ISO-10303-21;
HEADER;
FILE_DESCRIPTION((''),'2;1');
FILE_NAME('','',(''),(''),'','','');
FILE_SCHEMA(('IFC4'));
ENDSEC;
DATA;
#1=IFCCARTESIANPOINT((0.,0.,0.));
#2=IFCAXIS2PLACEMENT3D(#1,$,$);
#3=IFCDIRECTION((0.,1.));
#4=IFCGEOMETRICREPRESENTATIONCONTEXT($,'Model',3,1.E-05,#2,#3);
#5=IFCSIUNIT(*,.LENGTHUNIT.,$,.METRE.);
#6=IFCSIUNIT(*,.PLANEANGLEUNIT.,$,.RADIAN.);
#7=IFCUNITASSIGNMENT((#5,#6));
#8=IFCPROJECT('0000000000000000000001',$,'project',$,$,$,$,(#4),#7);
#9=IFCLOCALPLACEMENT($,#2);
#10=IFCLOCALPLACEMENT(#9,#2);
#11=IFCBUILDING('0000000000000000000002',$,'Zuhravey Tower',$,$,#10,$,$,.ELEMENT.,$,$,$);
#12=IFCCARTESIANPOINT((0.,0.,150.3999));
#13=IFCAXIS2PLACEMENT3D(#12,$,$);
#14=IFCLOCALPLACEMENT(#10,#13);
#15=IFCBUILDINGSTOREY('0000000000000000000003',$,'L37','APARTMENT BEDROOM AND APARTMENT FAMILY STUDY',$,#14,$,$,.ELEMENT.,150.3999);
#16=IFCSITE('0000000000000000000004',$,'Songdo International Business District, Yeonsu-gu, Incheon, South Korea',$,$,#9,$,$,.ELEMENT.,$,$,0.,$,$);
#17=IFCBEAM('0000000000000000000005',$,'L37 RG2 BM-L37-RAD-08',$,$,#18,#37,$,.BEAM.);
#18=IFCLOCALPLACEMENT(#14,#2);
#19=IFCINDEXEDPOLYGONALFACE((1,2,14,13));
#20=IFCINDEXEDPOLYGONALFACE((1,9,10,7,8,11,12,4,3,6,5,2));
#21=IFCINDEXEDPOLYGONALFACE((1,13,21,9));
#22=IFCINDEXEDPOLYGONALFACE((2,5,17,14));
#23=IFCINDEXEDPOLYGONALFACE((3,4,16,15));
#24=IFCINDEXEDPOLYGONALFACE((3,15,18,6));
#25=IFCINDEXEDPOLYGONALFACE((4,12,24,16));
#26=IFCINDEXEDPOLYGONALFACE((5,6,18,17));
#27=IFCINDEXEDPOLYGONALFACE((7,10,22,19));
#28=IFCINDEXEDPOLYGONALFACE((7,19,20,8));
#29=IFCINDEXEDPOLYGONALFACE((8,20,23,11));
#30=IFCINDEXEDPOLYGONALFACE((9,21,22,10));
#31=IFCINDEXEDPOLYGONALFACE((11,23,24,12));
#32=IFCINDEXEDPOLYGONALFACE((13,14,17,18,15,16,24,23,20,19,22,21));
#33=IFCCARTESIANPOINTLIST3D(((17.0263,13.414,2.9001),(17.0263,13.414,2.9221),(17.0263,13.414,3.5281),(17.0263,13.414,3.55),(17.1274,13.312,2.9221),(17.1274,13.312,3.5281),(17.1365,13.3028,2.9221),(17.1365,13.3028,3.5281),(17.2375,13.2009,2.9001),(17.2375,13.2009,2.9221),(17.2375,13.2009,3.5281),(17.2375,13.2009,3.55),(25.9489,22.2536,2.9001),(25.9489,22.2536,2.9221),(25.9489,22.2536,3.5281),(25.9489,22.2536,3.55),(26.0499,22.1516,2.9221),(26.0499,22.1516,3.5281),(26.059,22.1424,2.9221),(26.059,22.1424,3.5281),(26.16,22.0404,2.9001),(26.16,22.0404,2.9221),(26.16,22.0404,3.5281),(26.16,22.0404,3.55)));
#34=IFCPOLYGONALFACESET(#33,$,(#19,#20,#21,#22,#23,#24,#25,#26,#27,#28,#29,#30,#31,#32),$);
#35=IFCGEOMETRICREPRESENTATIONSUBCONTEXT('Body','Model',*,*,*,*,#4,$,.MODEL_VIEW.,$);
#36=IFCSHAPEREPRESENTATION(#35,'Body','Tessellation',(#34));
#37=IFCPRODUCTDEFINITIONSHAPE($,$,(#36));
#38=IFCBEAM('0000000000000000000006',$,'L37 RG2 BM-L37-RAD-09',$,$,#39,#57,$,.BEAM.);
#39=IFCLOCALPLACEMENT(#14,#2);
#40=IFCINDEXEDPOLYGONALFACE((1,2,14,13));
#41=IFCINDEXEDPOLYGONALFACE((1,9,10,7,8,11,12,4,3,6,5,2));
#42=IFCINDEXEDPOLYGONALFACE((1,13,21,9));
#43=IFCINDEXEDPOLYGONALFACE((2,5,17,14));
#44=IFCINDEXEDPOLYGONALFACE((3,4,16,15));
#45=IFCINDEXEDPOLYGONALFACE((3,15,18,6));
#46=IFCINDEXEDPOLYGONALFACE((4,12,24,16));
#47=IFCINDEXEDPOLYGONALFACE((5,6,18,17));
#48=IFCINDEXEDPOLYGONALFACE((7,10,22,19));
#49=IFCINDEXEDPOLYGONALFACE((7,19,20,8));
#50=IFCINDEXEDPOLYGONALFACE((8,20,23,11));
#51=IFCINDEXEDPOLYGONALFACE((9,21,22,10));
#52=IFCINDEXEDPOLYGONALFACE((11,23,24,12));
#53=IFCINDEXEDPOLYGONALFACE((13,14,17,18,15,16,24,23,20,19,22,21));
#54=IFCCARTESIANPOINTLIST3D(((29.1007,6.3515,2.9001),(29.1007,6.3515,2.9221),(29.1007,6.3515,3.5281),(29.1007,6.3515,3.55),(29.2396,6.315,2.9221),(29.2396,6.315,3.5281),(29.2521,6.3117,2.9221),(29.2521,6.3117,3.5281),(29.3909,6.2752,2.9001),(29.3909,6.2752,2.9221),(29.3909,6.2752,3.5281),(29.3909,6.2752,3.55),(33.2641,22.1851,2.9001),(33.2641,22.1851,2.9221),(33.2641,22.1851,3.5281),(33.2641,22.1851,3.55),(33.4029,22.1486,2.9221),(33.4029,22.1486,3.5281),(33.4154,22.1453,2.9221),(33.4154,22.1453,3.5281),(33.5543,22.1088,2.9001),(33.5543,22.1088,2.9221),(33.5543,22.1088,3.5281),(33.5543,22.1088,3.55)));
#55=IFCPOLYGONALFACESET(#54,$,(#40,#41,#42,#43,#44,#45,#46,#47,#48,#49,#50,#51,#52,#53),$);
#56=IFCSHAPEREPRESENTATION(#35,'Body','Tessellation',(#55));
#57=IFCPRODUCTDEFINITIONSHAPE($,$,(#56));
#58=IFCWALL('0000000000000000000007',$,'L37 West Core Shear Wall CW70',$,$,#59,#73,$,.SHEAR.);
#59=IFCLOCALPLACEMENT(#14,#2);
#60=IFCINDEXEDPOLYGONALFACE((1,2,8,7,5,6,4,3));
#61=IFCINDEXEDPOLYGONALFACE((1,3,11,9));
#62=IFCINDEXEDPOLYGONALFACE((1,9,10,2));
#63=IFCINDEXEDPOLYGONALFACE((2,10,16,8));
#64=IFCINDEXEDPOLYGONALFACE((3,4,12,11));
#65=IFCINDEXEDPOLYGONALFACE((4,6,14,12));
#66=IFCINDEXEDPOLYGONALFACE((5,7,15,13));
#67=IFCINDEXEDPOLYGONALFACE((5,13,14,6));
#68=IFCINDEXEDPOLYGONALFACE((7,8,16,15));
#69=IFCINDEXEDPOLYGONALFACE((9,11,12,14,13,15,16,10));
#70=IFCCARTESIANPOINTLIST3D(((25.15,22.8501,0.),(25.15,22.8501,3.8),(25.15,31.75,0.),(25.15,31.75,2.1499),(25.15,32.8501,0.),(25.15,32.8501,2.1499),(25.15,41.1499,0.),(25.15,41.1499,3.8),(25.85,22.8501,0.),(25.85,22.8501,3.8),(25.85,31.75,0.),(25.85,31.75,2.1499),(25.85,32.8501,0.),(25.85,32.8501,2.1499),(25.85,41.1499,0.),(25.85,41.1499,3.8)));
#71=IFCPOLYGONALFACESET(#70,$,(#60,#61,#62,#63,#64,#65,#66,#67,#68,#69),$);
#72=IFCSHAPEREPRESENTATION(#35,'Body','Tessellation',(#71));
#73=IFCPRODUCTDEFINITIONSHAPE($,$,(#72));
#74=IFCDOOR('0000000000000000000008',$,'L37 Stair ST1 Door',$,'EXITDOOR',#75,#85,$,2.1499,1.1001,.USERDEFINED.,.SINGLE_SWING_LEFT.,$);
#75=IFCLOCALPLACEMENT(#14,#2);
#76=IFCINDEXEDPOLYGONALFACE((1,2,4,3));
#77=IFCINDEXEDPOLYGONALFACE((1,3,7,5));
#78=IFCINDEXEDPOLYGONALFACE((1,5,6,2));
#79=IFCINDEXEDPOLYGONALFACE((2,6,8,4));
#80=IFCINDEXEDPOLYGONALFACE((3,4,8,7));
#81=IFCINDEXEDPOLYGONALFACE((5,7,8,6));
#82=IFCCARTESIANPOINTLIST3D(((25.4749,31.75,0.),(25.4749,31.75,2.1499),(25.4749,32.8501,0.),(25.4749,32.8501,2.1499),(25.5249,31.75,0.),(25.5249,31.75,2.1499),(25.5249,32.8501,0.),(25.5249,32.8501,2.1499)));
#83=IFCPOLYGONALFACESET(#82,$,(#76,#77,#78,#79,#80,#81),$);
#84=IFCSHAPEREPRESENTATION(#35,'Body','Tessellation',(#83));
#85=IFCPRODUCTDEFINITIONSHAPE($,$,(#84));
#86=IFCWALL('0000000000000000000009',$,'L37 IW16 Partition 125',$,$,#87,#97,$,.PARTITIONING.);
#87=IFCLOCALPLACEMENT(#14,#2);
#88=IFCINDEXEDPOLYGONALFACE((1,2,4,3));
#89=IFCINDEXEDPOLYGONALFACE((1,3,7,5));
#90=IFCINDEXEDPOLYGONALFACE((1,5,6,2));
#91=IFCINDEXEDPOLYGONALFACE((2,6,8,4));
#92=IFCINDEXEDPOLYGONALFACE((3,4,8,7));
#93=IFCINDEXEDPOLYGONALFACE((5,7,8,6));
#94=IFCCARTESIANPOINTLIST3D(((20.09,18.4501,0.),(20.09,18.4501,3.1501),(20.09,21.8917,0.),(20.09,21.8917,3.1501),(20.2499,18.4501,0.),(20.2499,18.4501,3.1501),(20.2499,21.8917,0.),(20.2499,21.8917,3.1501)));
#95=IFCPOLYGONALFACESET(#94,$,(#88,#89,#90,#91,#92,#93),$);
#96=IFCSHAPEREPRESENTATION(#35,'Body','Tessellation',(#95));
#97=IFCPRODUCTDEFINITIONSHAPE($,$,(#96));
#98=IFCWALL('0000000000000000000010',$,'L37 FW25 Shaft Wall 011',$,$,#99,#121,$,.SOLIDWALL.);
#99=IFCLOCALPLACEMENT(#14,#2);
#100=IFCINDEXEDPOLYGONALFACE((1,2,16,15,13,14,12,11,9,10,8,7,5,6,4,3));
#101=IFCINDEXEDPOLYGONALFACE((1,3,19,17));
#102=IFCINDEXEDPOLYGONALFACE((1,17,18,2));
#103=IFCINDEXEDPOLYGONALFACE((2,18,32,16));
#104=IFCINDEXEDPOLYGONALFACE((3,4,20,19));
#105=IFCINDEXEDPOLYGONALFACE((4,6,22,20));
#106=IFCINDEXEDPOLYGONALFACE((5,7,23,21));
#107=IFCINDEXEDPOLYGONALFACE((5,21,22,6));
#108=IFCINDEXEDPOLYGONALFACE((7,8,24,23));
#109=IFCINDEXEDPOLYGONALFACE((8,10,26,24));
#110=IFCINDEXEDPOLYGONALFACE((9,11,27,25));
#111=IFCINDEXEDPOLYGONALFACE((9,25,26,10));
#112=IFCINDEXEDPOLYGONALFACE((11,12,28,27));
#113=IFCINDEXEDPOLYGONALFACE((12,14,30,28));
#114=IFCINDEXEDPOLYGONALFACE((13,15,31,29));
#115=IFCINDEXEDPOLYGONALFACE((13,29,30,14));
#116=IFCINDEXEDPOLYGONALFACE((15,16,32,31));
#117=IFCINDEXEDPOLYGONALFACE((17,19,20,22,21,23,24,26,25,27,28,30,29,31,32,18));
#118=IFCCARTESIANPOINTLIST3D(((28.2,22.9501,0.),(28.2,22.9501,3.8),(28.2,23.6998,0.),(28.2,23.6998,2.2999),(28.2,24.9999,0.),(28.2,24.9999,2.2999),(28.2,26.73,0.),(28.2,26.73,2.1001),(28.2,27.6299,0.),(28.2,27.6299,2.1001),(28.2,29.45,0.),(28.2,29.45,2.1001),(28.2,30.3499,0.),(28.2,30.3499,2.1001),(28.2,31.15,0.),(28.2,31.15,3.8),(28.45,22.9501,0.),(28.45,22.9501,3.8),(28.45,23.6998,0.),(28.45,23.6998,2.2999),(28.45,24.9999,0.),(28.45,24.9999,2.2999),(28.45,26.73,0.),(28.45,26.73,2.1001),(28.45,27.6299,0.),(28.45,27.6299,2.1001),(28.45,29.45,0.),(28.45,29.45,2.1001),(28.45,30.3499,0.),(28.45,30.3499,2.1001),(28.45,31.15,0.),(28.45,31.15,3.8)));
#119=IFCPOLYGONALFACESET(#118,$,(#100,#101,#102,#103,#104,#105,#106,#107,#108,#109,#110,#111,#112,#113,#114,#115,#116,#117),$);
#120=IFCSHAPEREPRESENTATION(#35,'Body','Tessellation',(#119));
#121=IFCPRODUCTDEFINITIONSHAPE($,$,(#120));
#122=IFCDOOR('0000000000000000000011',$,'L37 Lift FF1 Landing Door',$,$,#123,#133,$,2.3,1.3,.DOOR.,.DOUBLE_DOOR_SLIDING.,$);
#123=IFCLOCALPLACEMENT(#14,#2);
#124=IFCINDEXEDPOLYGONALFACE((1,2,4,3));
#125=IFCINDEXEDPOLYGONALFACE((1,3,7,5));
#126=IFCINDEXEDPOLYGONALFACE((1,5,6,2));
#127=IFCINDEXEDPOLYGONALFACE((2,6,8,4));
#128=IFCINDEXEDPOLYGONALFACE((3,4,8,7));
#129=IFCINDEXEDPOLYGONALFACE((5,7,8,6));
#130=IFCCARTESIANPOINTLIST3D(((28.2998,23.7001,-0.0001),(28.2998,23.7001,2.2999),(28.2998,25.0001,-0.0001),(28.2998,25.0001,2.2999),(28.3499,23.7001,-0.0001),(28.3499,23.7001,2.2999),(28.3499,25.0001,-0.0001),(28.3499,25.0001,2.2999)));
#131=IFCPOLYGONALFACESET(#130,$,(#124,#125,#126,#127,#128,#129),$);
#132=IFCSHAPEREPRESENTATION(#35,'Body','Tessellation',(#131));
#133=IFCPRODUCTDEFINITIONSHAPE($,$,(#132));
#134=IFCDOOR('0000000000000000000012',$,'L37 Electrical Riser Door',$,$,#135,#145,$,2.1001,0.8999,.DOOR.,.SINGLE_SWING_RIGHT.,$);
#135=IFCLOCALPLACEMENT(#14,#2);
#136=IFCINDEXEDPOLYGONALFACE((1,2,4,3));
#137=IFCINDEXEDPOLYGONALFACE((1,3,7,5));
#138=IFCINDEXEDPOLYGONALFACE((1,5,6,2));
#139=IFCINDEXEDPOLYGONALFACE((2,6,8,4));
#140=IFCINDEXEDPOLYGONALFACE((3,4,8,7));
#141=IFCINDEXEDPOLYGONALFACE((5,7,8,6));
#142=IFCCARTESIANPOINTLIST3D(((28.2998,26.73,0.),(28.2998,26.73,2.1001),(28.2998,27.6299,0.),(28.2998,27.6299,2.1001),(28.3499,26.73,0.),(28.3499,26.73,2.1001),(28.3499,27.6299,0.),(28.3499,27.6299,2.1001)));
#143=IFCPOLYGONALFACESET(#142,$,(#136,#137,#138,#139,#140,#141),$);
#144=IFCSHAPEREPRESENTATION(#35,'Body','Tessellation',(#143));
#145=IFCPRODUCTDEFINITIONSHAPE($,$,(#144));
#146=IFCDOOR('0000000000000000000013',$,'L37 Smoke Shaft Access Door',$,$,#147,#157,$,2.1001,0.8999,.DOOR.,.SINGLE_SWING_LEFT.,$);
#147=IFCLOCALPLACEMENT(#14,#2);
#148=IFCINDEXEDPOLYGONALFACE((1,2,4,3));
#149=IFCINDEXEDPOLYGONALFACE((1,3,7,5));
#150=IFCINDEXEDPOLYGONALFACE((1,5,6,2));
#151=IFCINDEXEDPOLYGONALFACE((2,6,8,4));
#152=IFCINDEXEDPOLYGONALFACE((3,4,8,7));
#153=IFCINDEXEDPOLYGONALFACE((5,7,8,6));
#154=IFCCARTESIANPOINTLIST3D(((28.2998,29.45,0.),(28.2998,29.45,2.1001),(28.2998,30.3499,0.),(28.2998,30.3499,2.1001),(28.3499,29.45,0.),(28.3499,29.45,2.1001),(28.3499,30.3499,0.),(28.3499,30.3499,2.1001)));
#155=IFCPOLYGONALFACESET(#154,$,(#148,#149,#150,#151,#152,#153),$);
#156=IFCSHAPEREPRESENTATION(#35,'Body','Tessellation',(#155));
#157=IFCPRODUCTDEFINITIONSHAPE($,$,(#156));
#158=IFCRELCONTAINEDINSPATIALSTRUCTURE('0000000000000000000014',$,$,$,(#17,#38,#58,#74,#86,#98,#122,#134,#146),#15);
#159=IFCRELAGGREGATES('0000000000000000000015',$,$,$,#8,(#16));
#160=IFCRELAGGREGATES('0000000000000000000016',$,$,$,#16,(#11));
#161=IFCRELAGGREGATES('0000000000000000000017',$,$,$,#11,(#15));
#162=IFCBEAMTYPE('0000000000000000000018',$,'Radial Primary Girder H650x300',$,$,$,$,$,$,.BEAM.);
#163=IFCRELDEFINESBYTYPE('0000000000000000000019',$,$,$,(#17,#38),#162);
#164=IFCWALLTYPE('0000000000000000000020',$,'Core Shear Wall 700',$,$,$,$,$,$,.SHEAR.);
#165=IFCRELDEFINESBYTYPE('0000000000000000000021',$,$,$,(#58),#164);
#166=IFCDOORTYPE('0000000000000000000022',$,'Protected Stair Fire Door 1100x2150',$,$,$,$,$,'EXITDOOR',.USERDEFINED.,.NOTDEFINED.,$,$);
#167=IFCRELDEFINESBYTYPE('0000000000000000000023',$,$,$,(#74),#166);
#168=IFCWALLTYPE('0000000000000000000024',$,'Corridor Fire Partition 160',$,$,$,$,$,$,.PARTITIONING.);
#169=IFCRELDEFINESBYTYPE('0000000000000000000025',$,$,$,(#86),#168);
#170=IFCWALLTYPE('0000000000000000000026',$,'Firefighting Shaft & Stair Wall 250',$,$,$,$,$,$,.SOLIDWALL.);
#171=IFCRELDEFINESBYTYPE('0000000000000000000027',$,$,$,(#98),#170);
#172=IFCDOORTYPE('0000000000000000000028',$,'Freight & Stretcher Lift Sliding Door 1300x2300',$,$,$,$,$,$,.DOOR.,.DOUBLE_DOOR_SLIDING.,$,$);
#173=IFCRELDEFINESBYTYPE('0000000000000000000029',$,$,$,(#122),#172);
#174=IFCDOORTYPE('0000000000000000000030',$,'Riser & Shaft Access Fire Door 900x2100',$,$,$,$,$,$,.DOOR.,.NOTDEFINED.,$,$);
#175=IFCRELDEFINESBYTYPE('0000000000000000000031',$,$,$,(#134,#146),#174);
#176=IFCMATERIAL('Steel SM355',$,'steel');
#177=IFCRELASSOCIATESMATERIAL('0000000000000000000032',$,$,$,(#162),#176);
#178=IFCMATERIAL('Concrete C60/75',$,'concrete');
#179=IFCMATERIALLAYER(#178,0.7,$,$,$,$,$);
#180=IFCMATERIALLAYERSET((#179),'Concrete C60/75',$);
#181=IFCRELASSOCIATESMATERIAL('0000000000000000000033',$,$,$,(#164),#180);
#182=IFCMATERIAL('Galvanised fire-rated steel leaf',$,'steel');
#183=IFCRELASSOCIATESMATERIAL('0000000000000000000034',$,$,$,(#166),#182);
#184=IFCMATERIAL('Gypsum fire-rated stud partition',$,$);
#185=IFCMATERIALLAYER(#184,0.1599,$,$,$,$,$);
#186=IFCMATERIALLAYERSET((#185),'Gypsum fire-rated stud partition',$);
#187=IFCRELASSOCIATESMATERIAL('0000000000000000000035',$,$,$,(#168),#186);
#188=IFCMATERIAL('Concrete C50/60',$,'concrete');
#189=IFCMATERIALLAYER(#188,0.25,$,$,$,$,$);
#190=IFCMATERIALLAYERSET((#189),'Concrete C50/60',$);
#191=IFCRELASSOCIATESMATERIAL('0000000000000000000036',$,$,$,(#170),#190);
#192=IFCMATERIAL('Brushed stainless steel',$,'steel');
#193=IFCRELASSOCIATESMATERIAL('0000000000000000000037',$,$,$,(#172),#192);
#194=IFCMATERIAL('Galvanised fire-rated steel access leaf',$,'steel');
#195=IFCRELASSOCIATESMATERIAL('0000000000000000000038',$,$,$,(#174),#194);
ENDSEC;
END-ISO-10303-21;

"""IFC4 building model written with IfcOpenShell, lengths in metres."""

from ifc_helpers import new_model, si_unit, direction, frame, frame_2d, origin, origin_2d, place, context, subcontext, project, spatial, rectangle, i_section, extrude, material, layer, layer_set, material_profile, profile_set, type_object, element, fill, save


model = new_model("IFC4")

# Units and contexts
model_context = context("Model", 3, precision=1e-05, world=origin(), true_north=direction((0.0, 1.0)))
body_context = subcontext(model_context, "Body", "Model", "MODEL_VIEW")
ifc_project = project(units=[si_unit("LENGTHUNIT", "METRE"), si_unit("PLANEANGLEUNIT", "RADIAN")], contexts=[model_context])

# Site, building, storey
site_placement = place(None, origin())
site = spatial("IfcSite", under=ifc_project, at=site_placement, Name="Songdo International Business District, Yeonsu-gu, Incheon, South Korea", CompositionType="ELEMENT", RefElevation=0.0)
building_placement = place(site_placement, origin())
building = spatial("IfcBuilding", under=site, at=building_placement, Name="Zuhravey Tower", CompositionType="ELEMENT")
storey_placement = place(building_placement, frame((0.0, 0.0, 150.3999)))
storey = spatial("IfcBuildingStorey", under=building, at=storey_placement, Name="L37", Description="APARTMENT BEDROOM AND APARTMENT FAMILY STUDY", CompositionType="ELEMENT", Elevation=150.3999)

# Beams
ifc_material_1 = material(Name="Steel SM355", Category="steel")
ifc_material_profile = material_profile(ifc_material_1, i_section(OverallWidth=0.3, OverallDepth=0.6499, WebThickness=0.0129, FlangeThickness=0.022, at=origin_2d()), Name="H-650x300x13x22")
ifc_profile_set = profile_set([ifc_material_profile], Name="Steel SM355")
beam_type = type_object("IfcBeamType", Name="Radial Primary Girder H650x300", PredefinedType="BEAM", material=ifc_profile_set)
beam_1_placement = place(storey_placement, frame((26.0544, 22.147, 3.2251), z_axis=(-0.710404, -0.703795, 0.0), x_axis=(0.703795, -0.710404, 0.0)))
element("IfcBeam", 1, at=beam_1_placement, inside=storey, type_object=beam_type, Name="L37 RG2 BM-L37-RAD-08", PredefinedType="BEAM", context=body_context, shape_type="SweptSolid", body=[
    extrude(i_section(OverallWidth=0.3, OverallDepth=0.6499, WebThickness=0.0129, FlangeThickness=0.022, at=origin_2d()), origin(), (0.0, 0.0, 1.0), 12.5598),
])
beam_2_placement = place(storey_placement, frame((33.4092, 22.147, 3.2251), z_axis=(-0.2543, -0.967125, 0.0), x_axis=(0.967125, -0.2543, 0.0)))
element("IfcBeam", 2, at=beam_2_placement, inside=storey, type_object=beam_type, Name="L37 RG2 BM-L37-RAD-09", PredefinedType="BEAM", context=body_context, shape_type="SweptSolid", body=[
    extrude(i_section(OverallWidth=0.3, OverallDepth=0.6499, WebThickness=0.0129, FlangeThickness=0.022, at=origin_2d()), origin(), (0.0, 0.0, 1.0), 16.3718),
])

# Wall, opening, door
ifc_material_2 = material(Name="Concrete C60/75", Category="concrete")
ifc_layer_1 = layer(ifc_material_2, 0.7)
ifc_layer_set_1 = layer_set([ifc_layer_1], Name="Concrete C60/75")
wall_type_1 = type_object("IfcWallType", Name="Core Shear Wall 700", PredefinedType="SHEAR", material=ifc_layer_set_1)
ifc_material_3 = material(Name="Galvanised fire-rated steel leaf", Category="steel")
wall_1_placement = place(storey_placement, frame((25.5, 22.8501, 0.0), z_axis=(0.0, 0.0, 1.0), x_axis=(0.0, 1.0, 0.0)))
wall_1 = element("IfcWall", 3, at=wall_1_placement, inside=storey, type_object=wall_type_1, Name="L37 West Core Shear Wall CW70", PredefinedType="SHEAR", context=body_context, shape_type="SweptSolid", body=[
    extrude(rectangle(XDim=18.2998, YDim=0.7, at=frame_2d((9.1499, 0.0))), origin(), (0.0, 0.0, 1.0), 3.8),
])
opening_1_placement = place(wall_1_placement, frame((8.8999, 0.0, 0.0)))
opening_1 = element("IfcOpeningElement", 4, at=opening_1_placement, cuts=wall_1, PredefinedType="OPENING", context=body_context, shape_type="SweptSolid", body=[
    extrude(rectangle(XDim=1.1001, YDim=2.1499, at=frame_2d((0.55, 1.075))), frame((0.0, 0.3621, 0.0), z_axis=(0.0, -1.0, 0.0), x_axis=(1.0, 0.0, 0.0)), (0.0, 0.0, 1.0), 0.7239),
])
door_type_1 = type_object("IfcDoorType", Name="Protected Stair Fire Door 1100x2150", ElementType="EXITDOOR", OperationType="NOTDEFINED", PredefinedType="USERDEFINED", material=ifc_material_3)
door_1_placement = place(opening_1_placement, frame((1.1001, 0.0, 0.0), z_axis=(0.0, 0.0, 1.0), x_axis=(-1.0, 0.0, 0.0)))
door_1 = element("IfcDoor", 5, at=door_1_placement, inside=storey, type_object=door_type_1, Name="L37 Stair ST1 Door", ObjectType="EXITDOOR", OperationType="SINGLE_SWING_LEFT", OverallHeight=2.1499, OverallWidth=1.1001, PredefinedType="USERDEFINED", context=body_context, shape_type="SweptSolid", body=[
    extrude(rectangle(XDim=1.1001, YDim=2.1499, at=frame_2d((0.55, 1.075))), frame((0.0, 0.0249, 0.0), z_axis=(0.0, -1.0, 0.0), x_axis=(1.0, 0.0, 0.0)), (0.0, 0.0, 1.0), 0.05),
])
fill(opening_1, door_1)
ifc_material_4 = material(Name="Gypsum fire-rated stud partition")
ifc_layer_2 = layer(ifc_material_4, 0.1599)
ifc_layer_set_2 = layer_set([ifc_layer_2], Name="Gypsum fire-rated stud partition")
wall_type_2 = type_object("IfcWallType", Name="Corridor Fire Partition 160", PredefinedType="PARTITIONING", material=ifc_layer_set_2)

# Wall
wall_2_placement = place(storey_placement, frame((20.1699, 21.8916, 0.0), z_axis=(0.0, 0.0, 1.0), x_axis=(0.0, -1.0, 0.0)))
element("IfcWall", 6, at=wall_2_placement, inside=storey, type_object=wall_type_2, Name="L37 IW16 Partition 125", PredefinedType="PARTITIONING", context=body_context, shape_type="SweptSolid", body=[
    extrude(rectangle(XDim=3.4417, YDim=0.1599, at=frame_2d((1.7207, 0.0))), origin(), (0.0, 0.0, 1.0), 3.1501),
])

# Wall, openings, doors
ifc_material_5 = material(Name="Concrete C50/60", Category="concrete")
ifc_layer_3 = layer(ifc_material_5, 0.25)
ifc_layer_set_3 = layer_set([ifc_layer_3], Name="Concrete C50/60")
wall_type_3 = type_object("IfcWallType", Name="Firefighting Shaft & Stair Wall 250", PredefinedType="SOLIDWALL", material=ifc_layer_set_3)
wall_3_placement = place(storey_placement, frame((28.325, 22.95, 0.0), z_axis=(0.0, 0.0, 1.0), x_axis=(0.0, 1.0, 0.0)))
wall_3 = element("IfcWall", 7, at=wall_3_placement, inside=storey, type_object=wall_type_3, Name="L37 FW25 Shaft Wall 011", PredefinedType="SOLIDWALL", context=body_context, shape_type="SweptSolid", body=[
    extrude(rectangle(XDim=8.2, YDim=0.25, at=frame_2d((4.1001, 0.0))), origin(), (0.0, 0.0, 1.0), 3.8),
])
opening_2_placement = place(wall_3_placement, frame((0.75, 0.0, 0.0)))
opening_2 = element("IfcOpeningElement", 8, at=opening_2_placement, cuts=wall_3, PredefinedType="OPENING", context=body_context, shape_type="SweptSolid", body=[
    extrude(rectangle(XDim=1.3, YDim=2.3, at=frame_2d((0.6499, 1.1499))), frame((0.0, 0.137, 0.0), z_axis=(0.0, -1.0, 0.0), x_axis=(1.0, 0.0, 0.0)), (0.0, 0.0, 1.0), 0.2739),
])
opening_3_placement = place(wall_3_placement, frame((3.78, 0.0, 0.0)))
opening_3 = element("IfcOpeningElement", 9, at=opening_3_placement, cuts=wall_3, PredefinedType="OPENING", context=body_context, shape_type="SweptSolid", body=[
    extrude(rectangle(XDim=0.8999, YDim=2.1001, at=frame_2d((0.45, 1.05))), frame((0.0, 0.137, 0.0), z_axis=(0.0, -1.0, 0.0), x_axis=(1.0, 0.0, 0.0)), (0.0, 0.0, 1.0), 0.2739),
])
opening_4_placement = place(wall_3_placement, frame((6.5, 0.0, 0.0)))
opening_4 = element("IfcOpeningElement", 10, at=opening_4_placement, cuts=wall_3, PredefinedType="OPENING", context=body_context, shape_type="SweptSolid", body=[
    extrude(rectangle(XDim=0.8999, YDim=2.1001, at=frame_2d((0.45, 1.05))), frame((0.0, 0.137, 0.0), z_axis=(0.0, -1.0, 0.0), x_axis=(1.0, 0.0, 0.0)), (0.0, 0.0, 1.0), 0.2739),
])
ifc_material_6 = material(Name="Brushed stainless steel", Category="steel")
door_type_2 = type_object("IfcDoorType", Name="Freight & Stretcher Lift Sliding Door 1300x2300", OperationType="DOUBLE_DOOR_SLIDING", PredefinedType="DOOR", material=ifc_material_6)
door_2_placement = place(opening_2_placement, frame((1.3, 0.0, 0.0), z_axis=(0.0, 0.0, 1.0), x_axis=(-1.0, 0.0, 0.0)))
door_2 = element("IfcDoor", 11, at=door_2_placement, inside=storey, type_object=door_type_2, Name="L37 Lift FF1 Landing Door", OperationType="DOUBLE_DOOR_SLIDING", OverallHeight=2.3, OverallWidth=1.3, PredefinedType="DOOR", context=body_context, shape_type="SweptSolid", body=[
    extrude(rectangle(XDim=1.3, YDim=2.3, at=frame_2d((0.6499, 1.1499))), frame((0.0, 0.0249, 0.0), z_axis=(0.0, -1.0, 0.0), x_axis=(1.0, 0.0, 0.0)), (0.0, 0.0, 1.0), 0.05),
])
fill(opening_2, door_2)
ifc_material_7 = material(Name="Galvanised fire-rated steel access leaf", Category="steel")
door_type_3 = type_object("IfcDoorType", Name="Riser & Shaft Access Fire Door 900x2100", OperationType="NOTDEFINED", PredefinedType="DOOR", material=ifc_material_7)
door_3_placement = place(opening_3_placement, frame((0.8999, 0.0, 0.0), z_axis=(0.0, 0.0, 1.0), x_axis=(-1.0, 0.0, 0.0)))
door_3 = element("IfcDoor", 12, at=door_3_placement, inside=storey, type_object=door_type_3, Name="L37 Electrical Riser Door", OperationType="SINGLE_SWING_RIGHT", OverallHeight=2.1001, OverallWidth=0.8999, PredefinedType="DOOR", context=body_context, shape_type="SweptSolid", body=[
    extrude(rectangle(XDim=0.8999, YDim=2.1001, at=frame_2d((0.45, 1.05))), frame((0.0, 0.0249, 0.0), z_axis=(0.0, -1.0, 0.0), x_axis=(1.0, 0.0, 0.0)), (0.0, 0.0, 1.0), 0.05),
])
fill(opening_3, door_3)
door_4_placement = place(opening_4_placement, frame((0.8999, 0.0, 0.0), z_axis=(0.0, 0.0, 1.0), x_axis=(-1.0, 0.0, 0.0)))
door_4 = element("IfcDoor", 13, at=door_4_placement, inside=storey, type_object=door_type_3, Name="L37 Smoke Shaft Access Door", OperationType="SINGLE_SWING_LEFT", OverallHeight=2.1001, OverallWidth=0.8999, PredefinedType="DOOR", context=body_context, shape_type="SweptSolid", body=[
    extrude(rectangle(XDim=0.8999, YDim=2.1001, at=frame_2d((0.45, 1.05))), frame((0.0, 0.0249, 0.0), z_axis=(0.0, -1.0, 0.0), x_axis=(1.0, 0.0, 0.0)), (0.0, 0.0, 1.0), 0.05),
])
fill(opening_4, door_4)

save(model, "model.ifc")
